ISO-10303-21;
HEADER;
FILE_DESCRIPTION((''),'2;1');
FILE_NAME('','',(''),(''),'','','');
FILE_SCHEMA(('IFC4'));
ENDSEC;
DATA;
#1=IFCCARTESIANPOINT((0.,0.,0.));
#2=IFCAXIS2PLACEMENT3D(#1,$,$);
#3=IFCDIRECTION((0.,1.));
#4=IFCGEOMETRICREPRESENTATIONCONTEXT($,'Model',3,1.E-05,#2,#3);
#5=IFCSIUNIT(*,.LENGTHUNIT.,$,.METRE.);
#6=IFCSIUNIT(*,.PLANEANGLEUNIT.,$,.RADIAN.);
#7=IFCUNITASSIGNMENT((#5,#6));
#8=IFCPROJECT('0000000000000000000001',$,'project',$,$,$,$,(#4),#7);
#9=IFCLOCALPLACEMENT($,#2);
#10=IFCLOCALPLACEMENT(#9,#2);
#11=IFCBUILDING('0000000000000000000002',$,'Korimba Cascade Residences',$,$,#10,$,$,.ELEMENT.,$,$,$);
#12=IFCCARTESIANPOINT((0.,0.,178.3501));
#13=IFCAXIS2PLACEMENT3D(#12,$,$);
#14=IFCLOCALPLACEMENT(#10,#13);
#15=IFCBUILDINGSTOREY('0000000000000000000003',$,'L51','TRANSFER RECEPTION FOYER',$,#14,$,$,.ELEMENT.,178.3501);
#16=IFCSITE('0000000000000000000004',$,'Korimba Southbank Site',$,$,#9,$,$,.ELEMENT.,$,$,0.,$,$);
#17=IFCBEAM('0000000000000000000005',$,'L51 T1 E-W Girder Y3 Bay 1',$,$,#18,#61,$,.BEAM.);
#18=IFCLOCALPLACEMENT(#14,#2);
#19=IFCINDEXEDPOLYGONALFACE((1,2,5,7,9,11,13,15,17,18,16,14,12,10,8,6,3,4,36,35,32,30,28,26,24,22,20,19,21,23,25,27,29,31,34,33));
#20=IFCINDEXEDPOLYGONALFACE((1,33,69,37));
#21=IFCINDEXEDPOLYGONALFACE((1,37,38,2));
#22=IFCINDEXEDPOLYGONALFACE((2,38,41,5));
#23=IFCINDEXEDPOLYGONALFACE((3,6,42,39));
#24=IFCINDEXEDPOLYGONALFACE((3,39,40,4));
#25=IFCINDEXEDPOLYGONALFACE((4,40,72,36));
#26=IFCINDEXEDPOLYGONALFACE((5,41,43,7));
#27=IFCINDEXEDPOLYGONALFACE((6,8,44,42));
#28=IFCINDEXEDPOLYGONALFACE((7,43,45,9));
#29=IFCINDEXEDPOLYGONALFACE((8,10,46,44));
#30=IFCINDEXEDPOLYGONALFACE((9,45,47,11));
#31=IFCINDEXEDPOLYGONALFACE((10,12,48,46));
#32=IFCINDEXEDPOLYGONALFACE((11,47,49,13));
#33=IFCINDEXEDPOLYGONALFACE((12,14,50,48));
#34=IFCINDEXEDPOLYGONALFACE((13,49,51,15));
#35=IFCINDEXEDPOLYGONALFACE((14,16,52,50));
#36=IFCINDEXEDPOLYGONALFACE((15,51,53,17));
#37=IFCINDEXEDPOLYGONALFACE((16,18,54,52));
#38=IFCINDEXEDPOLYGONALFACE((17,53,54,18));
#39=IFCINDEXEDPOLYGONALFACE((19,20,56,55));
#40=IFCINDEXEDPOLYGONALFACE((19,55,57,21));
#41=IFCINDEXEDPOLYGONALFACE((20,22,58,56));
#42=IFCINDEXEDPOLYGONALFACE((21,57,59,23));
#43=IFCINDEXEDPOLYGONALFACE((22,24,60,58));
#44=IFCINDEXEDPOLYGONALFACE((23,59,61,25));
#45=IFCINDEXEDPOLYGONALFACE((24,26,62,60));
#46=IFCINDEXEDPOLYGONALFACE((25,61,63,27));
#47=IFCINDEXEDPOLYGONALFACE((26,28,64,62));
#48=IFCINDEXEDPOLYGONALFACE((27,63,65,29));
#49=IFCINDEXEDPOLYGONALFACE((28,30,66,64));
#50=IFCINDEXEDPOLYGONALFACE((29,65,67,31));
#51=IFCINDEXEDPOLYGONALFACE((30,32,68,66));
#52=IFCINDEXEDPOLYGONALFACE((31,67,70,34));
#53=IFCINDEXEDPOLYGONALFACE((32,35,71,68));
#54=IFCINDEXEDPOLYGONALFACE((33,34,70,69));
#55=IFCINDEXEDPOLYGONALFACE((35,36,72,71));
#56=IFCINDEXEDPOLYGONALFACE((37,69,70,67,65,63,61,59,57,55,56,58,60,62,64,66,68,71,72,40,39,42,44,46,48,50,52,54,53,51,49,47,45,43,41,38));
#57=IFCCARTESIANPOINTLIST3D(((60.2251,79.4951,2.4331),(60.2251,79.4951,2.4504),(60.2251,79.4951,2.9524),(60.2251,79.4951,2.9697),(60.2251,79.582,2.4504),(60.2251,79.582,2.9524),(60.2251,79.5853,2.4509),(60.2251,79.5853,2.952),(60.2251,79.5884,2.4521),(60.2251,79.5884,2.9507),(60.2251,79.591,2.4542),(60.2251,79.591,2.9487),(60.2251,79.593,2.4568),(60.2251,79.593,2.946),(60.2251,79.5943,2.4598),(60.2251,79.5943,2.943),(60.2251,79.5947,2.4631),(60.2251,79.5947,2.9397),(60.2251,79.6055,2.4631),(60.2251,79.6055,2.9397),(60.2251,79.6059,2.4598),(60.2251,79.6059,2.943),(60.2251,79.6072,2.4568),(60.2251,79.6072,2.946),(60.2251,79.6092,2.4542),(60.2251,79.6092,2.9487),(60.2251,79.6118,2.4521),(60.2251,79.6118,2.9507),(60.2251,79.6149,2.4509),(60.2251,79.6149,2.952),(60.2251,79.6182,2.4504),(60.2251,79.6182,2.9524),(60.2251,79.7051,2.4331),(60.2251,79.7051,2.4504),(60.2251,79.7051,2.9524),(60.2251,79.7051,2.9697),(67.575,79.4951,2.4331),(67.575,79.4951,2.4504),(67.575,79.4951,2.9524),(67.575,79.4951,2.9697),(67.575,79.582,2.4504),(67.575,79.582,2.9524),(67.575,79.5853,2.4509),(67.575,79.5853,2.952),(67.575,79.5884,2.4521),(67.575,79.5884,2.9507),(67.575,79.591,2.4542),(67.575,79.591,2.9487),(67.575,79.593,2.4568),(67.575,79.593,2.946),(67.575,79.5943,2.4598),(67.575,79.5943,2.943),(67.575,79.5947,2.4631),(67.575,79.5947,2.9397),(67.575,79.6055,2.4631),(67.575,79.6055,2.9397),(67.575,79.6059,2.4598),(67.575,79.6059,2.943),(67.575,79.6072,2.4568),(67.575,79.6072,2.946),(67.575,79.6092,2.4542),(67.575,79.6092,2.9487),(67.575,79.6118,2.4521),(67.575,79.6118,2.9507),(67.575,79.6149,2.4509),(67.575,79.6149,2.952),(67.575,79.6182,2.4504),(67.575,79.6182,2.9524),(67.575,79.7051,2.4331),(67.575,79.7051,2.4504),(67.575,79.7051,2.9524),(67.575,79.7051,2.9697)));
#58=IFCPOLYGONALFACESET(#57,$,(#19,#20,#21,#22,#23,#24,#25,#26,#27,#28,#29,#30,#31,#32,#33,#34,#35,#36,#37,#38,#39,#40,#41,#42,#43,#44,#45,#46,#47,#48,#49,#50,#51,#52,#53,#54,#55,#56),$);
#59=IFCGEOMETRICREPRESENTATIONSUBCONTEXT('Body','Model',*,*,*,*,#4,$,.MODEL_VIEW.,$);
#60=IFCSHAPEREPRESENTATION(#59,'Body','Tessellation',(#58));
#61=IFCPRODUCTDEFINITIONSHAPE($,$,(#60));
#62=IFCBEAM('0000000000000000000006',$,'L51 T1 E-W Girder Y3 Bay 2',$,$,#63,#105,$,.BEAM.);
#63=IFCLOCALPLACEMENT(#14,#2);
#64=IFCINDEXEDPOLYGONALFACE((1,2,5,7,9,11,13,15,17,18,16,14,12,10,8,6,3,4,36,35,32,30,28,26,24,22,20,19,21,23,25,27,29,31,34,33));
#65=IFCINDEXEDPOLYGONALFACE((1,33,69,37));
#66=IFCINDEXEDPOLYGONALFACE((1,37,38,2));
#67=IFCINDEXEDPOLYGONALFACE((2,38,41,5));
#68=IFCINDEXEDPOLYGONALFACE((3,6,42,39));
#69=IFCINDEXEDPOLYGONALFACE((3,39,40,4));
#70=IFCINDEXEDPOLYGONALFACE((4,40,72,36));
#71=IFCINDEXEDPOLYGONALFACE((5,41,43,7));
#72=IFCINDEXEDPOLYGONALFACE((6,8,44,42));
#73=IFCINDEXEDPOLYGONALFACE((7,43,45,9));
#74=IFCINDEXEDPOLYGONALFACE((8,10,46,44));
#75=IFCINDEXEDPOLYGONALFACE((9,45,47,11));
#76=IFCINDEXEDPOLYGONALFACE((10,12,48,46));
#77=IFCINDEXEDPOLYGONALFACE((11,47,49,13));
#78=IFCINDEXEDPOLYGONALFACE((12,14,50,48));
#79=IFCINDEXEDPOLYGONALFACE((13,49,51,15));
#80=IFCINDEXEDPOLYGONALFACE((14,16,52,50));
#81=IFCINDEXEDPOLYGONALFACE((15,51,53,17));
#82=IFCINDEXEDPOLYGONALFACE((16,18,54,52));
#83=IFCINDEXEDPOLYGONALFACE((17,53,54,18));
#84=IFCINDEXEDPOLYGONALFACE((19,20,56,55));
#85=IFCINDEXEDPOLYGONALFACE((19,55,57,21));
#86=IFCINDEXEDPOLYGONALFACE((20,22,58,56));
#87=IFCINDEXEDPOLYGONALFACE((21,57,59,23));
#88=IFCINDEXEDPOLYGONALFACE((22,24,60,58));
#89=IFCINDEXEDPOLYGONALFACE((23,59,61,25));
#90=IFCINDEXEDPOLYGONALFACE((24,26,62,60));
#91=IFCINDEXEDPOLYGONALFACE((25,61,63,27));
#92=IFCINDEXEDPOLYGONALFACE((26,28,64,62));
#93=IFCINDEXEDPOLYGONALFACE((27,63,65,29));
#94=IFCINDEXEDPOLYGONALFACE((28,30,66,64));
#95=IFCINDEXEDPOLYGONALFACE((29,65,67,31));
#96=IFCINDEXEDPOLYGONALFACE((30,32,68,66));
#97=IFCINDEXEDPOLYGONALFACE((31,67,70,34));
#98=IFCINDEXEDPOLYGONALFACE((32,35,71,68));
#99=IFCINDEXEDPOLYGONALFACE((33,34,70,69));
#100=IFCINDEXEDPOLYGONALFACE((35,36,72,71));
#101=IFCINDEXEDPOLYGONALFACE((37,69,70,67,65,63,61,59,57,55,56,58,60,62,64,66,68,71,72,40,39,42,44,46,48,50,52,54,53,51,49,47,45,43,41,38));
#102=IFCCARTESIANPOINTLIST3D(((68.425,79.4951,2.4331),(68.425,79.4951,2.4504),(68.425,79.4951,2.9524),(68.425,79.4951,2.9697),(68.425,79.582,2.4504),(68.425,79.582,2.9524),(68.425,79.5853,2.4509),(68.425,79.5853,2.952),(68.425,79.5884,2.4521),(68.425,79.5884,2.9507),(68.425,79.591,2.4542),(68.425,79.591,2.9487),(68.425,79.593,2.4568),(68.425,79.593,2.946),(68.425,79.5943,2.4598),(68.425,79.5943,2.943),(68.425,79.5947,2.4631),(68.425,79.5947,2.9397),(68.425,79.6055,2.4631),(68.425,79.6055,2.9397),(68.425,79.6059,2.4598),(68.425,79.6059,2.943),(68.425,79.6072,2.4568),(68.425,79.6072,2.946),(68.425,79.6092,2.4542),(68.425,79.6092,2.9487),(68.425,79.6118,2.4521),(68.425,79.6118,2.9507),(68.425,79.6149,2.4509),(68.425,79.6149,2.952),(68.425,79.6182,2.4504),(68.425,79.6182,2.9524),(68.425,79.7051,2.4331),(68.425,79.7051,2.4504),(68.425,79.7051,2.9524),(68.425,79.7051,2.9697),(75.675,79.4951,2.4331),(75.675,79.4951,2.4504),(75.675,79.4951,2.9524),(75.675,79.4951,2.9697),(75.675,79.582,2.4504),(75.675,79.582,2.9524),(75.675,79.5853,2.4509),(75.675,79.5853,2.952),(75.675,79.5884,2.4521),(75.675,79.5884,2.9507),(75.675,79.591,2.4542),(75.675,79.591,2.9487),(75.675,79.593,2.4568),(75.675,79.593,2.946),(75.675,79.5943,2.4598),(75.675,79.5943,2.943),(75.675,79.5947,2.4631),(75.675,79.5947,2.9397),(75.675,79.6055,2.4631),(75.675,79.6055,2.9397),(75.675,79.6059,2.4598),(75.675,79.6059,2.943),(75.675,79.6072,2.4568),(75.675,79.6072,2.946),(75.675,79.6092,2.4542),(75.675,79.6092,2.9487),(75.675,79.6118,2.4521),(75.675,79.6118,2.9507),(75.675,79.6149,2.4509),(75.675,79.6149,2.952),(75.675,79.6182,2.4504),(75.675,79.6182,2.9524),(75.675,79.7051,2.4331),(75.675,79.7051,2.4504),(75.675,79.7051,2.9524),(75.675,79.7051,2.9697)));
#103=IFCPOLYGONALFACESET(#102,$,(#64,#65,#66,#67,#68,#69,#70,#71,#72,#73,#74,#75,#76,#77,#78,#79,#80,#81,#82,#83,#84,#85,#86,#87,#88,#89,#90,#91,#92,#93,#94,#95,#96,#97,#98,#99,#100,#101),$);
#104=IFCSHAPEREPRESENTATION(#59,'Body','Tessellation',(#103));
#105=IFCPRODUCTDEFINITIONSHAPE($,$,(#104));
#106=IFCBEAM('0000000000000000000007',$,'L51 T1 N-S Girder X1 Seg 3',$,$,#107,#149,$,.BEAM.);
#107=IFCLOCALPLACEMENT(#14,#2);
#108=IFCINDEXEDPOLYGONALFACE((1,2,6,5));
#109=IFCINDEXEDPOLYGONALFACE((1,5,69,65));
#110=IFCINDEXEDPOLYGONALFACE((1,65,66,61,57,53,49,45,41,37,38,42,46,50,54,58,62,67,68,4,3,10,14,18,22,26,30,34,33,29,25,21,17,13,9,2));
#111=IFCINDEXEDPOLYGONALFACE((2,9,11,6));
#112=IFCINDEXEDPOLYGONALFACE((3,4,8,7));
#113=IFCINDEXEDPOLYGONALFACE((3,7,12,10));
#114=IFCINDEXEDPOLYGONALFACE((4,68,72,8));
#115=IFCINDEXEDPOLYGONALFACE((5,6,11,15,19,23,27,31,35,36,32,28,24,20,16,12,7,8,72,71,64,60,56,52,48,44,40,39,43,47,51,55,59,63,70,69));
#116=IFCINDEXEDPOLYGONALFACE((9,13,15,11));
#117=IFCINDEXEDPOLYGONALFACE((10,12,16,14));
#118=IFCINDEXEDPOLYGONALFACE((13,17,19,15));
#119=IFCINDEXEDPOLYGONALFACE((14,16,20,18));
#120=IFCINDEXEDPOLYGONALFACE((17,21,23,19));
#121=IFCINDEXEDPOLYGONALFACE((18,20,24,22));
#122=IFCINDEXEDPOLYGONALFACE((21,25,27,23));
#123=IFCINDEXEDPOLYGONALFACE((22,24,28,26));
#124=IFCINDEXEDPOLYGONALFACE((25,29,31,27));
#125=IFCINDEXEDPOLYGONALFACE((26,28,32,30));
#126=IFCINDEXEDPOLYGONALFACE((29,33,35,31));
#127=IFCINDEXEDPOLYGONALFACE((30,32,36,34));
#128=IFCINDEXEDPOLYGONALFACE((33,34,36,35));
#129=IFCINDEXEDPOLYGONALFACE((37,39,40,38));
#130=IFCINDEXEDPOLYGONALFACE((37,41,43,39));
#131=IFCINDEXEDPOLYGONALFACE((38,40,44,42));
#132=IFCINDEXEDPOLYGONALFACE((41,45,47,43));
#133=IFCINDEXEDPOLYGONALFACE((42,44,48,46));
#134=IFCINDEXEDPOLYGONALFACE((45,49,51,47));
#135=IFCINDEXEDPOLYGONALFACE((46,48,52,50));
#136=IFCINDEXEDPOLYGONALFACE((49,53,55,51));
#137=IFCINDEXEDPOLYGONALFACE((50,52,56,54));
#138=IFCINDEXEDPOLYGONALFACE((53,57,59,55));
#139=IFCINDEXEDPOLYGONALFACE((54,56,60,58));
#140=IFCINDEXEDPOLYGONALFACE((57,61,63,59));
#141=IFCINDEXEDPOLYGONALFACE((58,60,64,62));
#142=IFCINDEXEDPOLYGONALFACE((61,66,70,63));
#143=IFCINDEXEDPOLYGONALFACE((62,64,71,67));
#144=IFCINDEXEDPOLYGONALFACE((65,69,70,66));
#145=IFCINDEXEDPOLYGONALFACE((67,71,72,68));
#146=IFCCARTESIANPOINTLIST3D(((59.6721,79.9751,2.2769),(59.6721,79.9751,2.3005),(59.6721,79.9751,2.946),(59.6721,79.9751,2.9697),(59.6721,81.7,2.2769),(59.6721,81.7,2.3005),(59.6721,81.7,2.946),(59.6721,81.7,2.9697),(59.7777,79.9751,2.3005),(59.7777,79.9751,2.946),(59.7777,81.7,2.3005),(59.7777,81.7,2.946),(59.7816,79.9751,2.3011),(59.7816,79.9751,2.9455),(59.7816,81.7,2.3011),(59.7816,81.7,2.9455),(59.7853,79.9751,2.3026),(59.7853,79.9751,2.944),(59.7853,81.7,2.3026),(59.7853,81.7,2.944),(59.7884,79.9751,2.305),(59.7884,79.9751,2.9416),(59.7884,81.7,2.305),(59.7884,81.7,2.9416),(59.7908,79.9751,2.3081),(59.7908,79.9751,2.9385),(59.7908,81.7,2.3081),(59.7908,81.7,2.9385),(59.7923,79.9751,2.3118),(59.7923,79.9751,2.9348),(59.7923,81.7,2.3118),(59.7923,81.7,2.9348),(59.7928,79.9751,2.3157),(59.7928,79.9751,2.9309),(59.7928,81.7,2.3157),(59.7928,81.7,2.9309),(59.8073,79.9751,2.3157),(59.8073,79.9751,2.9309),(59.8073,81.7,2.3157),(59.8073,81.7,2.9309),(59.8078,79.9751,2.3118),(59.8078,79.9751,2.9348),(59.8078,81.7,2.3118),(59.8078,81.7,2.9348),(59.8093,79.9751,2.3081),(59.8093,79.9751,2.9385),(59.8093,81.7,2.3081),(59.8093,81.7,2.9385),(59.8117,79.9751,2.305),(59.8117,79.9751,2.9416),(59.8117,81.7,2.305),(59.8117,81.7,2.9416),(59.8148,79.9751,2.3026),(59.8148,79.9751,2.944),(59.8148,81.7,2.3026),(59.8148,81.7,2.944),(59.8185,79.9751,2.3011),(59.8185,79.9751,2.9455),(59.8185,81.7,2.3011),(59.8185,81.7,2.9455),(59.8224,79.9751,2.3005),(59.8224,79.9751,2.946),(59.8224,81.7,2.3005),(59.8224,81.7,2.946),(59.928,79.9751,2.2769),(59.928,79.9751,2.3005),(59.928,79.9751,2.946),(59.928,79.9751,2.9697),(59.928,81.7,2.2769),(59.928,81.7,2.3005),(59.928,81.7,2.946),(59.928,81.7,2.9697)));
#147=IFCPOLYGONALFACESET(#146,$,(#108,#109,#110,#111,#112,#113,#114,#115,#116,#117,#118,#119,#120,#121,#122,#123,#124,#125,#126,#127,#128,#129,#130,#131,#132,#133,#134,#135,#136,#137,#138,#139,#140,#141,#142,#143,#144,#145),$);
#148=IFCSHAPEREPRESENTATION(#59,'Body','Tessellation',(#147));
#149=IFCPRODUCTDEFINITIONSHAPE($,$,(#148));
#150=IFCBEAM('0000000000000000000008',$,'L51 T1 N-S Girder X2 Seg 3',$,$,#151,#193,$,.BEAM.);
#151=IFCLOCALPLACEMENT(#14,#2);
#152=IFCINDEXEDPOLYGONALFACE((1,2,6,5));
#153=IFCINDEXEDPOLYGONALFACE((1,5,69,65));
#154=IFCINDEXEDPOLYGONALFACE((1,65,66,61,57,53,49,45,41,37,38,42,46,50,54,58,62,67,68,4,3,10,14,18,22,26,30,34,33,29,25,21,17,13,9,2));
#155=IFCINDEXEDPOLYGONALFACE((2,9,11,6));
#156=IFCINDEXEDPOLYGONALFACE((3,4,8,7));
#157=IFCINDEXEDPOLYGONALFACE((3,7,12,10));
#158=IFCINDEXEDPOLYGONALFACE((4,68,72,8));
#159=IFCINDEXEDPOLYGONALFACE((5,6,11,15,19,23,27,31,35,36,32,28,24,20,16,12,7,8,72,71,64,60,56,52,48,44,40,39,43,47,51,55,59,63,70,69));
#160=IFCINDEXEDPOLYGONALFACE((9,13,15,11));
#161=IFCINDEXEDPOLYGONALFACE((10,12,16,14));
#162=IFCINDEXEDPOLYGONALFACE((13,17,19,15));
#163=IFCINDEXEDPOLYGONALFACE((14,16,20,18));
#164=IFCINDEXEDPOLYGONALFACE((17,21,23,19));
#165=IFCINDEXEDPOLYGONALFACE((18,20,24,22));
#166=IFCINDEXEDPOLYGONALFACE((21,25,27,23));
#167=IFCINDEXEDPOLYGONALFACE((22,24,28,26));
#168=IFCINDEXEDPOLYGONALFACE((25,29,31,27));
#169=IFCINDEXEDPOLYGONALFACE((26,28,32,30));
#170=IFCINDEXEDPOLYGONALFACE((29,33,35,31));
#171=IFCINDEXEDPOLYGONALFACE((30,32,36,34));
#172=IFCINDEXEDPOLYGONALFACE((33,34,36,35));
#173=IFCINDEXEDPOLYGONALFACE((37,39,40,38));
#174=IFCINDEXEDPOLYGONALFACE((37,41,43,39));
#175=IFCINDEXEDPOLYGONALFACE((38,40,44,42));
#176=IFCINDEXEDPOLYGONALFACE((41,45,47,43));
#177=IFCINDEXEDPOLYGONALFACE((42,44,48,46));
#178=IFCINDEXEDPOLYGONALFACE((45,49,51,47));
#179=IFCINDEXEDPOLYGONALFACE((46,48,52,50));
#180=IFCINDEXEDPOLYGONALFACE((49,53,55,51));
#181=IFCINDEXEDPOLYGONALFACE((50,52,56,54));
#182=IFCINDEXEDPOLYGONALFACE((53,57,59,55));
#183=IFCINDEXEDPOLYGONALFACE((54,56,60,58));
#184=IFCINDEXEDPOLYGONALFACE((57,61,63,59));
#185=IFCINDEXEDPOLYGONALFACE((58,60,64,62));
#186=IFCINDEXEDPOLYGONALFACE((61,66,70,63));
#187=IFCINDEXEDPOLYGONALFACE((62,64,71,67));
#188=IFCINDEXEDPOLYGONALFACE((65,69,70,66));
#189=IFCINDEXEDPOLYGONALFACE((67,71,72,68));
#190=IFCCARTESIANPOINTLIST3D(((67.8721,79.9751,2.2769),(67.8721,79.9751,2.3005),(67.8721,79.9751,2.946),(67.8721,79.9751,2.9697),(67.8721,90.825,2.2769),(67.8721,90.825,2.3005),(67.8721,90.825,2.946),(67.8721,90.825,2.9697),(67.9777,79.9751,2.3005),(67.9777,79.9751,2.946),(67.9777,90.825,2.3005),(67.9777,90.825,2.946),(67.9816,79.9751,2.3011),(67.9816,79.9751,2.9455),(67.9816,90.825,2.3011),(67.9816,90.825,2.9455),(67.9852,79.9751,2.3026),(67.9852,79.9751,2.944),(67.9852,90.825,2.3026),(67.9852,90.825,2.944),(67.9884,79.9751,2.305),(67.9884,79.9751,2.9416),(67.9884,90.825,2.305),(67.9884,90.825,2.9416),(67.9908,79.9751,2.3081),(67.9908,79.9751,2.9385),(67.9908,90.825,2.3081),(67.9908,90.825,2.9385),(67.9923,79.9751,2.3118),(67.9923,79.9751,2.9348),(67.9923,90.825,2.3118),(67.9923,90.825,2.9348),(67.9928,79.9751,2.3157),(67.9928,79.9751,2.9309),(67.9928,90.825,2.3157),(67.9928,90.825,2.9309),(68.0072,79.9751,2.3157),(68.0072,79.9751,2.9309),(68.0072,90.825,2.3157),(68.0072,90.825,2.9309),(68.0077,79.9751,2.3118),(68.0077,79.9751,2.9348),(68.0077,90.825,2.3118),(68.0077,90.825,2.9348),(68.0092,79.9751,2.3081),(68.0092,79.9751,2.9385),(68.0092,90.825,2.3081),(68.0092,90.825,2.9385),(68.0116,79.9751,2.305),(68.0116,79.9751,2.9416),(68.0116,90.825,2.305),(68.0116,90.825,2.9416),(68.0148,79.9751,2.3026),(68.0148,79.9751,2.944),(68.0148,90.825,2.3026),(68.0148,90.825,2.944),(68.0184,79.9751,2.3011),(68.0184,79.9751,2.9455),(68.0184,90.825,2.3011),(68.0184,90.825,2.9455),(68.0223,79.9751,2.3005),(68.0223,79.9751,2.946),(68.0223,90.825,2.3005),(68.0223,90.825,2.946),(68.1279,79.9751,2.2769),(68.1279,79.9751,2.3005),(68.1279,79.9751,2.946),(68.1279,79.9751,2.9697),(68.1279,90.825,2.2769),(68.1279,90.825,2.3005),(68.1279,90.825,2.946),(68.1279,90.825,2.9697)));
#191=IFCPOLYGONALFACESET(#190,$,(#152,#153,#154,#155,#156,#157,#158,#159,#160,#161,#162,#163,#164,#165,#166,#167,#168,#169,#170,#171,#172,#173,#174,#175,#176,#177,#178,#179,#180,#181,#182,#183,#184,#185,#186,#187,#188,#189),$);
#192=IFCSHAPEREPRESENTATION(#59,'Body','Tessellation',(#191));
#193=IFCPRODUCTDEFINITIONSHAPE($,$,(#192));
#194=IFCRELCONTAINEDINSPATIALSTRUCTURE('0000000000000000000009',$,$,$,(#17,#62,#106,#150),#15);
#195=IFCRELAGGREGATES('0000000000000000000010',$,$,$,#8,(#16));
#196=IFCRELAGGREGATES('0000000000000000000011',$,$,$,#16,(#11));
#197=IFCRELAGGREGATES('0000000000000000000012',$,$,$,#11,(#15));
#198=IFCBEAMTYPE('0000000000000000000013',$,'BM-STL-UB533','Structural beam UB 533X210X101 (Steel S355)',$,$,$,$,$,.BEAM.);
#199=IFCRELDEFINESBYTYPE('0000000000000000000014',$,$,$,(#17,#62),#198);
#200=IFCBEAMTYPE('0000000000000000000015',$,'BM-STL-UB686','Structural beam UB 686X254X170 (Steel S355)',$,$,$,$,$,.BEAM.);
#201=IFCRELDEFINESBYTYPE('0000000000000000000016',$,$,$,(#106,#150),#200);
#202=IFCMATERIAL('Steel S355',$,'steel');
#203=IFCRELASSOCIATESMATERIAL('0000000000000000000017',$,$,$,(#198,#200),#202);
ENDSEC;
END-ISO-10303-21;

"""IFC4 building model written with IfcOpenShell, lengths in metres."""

from ifc_helpers import new_model, si_unit, direction, frame, origin, origin_2d, place, context, subcontext, project, spatial, i_section, extrude, material, material_profile, profile_set, type_object, element, save


model = new_model("IFC4")

# Units and contexts
model_context = context("Model", 3, precision=1e-05, world=origin(), true_north=direction((0.0, 1.0)))
body_context = subcontext(model_context, "Body", "Model", "MODEL_VIEW")
ifc_project = project(units=[si_unit("LENGTHUNIT", "METRE"), si_unit("PLANEANGLEUNIT", "RADIAN")], contexts=[model_context])

# Site, building, storey
site_placement = place(None, origin())
site = spatial("IfcSite", under=ifc_project, at=site_placement, Name="Korimba Southbank Site", CompositionType="ELEMENT", RefElevation=0.0)
building_placement = place(site_placement, origin())
building = spatial("IfcBuilding", under=site, at=building_placement, Name="Korimba Cascade Residences", CompositionType="ELEMENT")
storey_placement = place(building_placement, frame((0.0, 0.0, 178.3501)))
storey = spatial("IfcBuildingStorey", under=building, at=storey_placement, Name="L51", Description="TRANSFER RECEPTION FOYER", CompositionType="ELEMENT", Elevation=178.3501)

# Beams
ifc_material_1 = material(Name="Steel S355", Category="steel")
ifc_material_profile_1 = material_profile(ifc_material_1, i_section(OverallWidth=0.21, OverallDepth=0.5366, WebThickness=0.0107, FlangeThickness=0.0173, FilletRadius=0.0127, at=origin_2d()), Name="Steel S355")
ifc_profile_set_1 = profile_set([ifc_material_profile_1], Name="Steel S355")
beam_type_1 = type_object("IfcBeamType", Name="BM-STL-UB533", Description="Structural beam UB 533X210X101 (Steel S355)", PredefinedType="BEAM", material=ifc_profile_set_1)
beam_1_placement = place(storey_placement, frame((60.2251, 79.6001, 2.7014), z_axis=(1.0, 0.0, 0.0), x_axis=(0.0, 1.0, 0.0)))
element("IfcBeam", 1, at=beam_1_placement, inside=storey, type_object=beam_type_1, Name="L51 T1 E-W Girder Y3 Bay 1", PredefinedType="BEAM", context=body_context, shape_type="SweptSolid", body=[
    extrude(i_section(OverallWidth=0.21, OverallDepth=0.5366, WebThickness=0.0107, FlangeThickness=0.0173, FilletRadius=0.0127, at=origin_2d()), origin(), (0.0, 0.0, 1.0), 7.3499),
])
beam_2_placement = place(storey_placement, frame((68.425, 79.6001, 2.7014), z_axis=(1.0, 0.0, 0.0), x_axis=(0.0, 1.0, 0.0)))
element("IfcBeam", 2, at=beam_2_placement, inside=storey, type_object=beam_type_1, Name="L51 T1 E-W Girder Y3 Bay 2", PredefinedType="BEAM", context=body_context, shape_type="SweptSolid", body=[
    extrude(i_section(OverallWidth=0.21, OverallDepth=0.5366, WebThickness=0.0107, FlangeThickness=0.0173, FilletRadius=0.0127, at=origin_2d()), origin(), (0.0, 0.0, 1.0), 7.25),
])
ifc_material_profile_2 = material_profile(ifc_material_1, i_section(OverallWidth=0.2559, OverallDepth=0.6929, WebThickness=0.0144, FlangeThickness=0.0237, FilletRadius=0.0151, at=origin_2d()), Name="Steel S355")
ifc_profile_set_2 = profile_set([ifc_material_profile_2], Name="Steel S355")
beam_type_2 = type_object("IfcBeamType", Name="BM-STL-UB686", Description="Structural beam UB 686X254X170 (Steel S355)", PredefinedType="BEAM", material=ifc_profile_set_2)
beam_3_placement = place(storey_placement, frame((59.8, 79.9751, 2.6233), z_axis=(0.0, 1.0, 0.0), x_axis=(-1.0, 0.0, 0.0)))
element("IfcBeam", 3, at=beam_3_placement, inside=storey, type_object=beam_type_2, Name="L51 T1 N-S Girder X1 Seg 3", PredefinedType="BEAM", context=body_context, shape_type="SweptSolid", body=[
    extrude(i_section(OverallWidth=0.2559, OverallDepth=0.6929, WebThickness=0.0144, FlangeThickness=0.0237, FilletRadius=0.0151, at=origin_2d()), origin(), (0.0, 0.0, 1.0), 1.7249),
])
beam_4_placement = place(storey_placement, frame((68.0, 79.9751, 2.6233), z_axis=(0.0, 1.0, 0.0), x_axis=(-1.0, 0.0, 0.0)))
element("IfcBeam", 4, at=beam_4_placement, inside=storey, type_object=beam_type_2, Name="L51 T1 N-S Girder X2 Seg 3", PredefinedType="BEAM", context=body_context, shape_type="SweptSolid", body=[
    extrude(i_section(OverallWidth=0.2559, OverallDepth=0.6929, WebThickness=0.0144, FlangeThickness=0.0237, FilletRadius=0.0151, at=origin_2d()), origin(), (0.0, 0.0, 1.0), 10.8499),
])

save(model, "model.ifc")
